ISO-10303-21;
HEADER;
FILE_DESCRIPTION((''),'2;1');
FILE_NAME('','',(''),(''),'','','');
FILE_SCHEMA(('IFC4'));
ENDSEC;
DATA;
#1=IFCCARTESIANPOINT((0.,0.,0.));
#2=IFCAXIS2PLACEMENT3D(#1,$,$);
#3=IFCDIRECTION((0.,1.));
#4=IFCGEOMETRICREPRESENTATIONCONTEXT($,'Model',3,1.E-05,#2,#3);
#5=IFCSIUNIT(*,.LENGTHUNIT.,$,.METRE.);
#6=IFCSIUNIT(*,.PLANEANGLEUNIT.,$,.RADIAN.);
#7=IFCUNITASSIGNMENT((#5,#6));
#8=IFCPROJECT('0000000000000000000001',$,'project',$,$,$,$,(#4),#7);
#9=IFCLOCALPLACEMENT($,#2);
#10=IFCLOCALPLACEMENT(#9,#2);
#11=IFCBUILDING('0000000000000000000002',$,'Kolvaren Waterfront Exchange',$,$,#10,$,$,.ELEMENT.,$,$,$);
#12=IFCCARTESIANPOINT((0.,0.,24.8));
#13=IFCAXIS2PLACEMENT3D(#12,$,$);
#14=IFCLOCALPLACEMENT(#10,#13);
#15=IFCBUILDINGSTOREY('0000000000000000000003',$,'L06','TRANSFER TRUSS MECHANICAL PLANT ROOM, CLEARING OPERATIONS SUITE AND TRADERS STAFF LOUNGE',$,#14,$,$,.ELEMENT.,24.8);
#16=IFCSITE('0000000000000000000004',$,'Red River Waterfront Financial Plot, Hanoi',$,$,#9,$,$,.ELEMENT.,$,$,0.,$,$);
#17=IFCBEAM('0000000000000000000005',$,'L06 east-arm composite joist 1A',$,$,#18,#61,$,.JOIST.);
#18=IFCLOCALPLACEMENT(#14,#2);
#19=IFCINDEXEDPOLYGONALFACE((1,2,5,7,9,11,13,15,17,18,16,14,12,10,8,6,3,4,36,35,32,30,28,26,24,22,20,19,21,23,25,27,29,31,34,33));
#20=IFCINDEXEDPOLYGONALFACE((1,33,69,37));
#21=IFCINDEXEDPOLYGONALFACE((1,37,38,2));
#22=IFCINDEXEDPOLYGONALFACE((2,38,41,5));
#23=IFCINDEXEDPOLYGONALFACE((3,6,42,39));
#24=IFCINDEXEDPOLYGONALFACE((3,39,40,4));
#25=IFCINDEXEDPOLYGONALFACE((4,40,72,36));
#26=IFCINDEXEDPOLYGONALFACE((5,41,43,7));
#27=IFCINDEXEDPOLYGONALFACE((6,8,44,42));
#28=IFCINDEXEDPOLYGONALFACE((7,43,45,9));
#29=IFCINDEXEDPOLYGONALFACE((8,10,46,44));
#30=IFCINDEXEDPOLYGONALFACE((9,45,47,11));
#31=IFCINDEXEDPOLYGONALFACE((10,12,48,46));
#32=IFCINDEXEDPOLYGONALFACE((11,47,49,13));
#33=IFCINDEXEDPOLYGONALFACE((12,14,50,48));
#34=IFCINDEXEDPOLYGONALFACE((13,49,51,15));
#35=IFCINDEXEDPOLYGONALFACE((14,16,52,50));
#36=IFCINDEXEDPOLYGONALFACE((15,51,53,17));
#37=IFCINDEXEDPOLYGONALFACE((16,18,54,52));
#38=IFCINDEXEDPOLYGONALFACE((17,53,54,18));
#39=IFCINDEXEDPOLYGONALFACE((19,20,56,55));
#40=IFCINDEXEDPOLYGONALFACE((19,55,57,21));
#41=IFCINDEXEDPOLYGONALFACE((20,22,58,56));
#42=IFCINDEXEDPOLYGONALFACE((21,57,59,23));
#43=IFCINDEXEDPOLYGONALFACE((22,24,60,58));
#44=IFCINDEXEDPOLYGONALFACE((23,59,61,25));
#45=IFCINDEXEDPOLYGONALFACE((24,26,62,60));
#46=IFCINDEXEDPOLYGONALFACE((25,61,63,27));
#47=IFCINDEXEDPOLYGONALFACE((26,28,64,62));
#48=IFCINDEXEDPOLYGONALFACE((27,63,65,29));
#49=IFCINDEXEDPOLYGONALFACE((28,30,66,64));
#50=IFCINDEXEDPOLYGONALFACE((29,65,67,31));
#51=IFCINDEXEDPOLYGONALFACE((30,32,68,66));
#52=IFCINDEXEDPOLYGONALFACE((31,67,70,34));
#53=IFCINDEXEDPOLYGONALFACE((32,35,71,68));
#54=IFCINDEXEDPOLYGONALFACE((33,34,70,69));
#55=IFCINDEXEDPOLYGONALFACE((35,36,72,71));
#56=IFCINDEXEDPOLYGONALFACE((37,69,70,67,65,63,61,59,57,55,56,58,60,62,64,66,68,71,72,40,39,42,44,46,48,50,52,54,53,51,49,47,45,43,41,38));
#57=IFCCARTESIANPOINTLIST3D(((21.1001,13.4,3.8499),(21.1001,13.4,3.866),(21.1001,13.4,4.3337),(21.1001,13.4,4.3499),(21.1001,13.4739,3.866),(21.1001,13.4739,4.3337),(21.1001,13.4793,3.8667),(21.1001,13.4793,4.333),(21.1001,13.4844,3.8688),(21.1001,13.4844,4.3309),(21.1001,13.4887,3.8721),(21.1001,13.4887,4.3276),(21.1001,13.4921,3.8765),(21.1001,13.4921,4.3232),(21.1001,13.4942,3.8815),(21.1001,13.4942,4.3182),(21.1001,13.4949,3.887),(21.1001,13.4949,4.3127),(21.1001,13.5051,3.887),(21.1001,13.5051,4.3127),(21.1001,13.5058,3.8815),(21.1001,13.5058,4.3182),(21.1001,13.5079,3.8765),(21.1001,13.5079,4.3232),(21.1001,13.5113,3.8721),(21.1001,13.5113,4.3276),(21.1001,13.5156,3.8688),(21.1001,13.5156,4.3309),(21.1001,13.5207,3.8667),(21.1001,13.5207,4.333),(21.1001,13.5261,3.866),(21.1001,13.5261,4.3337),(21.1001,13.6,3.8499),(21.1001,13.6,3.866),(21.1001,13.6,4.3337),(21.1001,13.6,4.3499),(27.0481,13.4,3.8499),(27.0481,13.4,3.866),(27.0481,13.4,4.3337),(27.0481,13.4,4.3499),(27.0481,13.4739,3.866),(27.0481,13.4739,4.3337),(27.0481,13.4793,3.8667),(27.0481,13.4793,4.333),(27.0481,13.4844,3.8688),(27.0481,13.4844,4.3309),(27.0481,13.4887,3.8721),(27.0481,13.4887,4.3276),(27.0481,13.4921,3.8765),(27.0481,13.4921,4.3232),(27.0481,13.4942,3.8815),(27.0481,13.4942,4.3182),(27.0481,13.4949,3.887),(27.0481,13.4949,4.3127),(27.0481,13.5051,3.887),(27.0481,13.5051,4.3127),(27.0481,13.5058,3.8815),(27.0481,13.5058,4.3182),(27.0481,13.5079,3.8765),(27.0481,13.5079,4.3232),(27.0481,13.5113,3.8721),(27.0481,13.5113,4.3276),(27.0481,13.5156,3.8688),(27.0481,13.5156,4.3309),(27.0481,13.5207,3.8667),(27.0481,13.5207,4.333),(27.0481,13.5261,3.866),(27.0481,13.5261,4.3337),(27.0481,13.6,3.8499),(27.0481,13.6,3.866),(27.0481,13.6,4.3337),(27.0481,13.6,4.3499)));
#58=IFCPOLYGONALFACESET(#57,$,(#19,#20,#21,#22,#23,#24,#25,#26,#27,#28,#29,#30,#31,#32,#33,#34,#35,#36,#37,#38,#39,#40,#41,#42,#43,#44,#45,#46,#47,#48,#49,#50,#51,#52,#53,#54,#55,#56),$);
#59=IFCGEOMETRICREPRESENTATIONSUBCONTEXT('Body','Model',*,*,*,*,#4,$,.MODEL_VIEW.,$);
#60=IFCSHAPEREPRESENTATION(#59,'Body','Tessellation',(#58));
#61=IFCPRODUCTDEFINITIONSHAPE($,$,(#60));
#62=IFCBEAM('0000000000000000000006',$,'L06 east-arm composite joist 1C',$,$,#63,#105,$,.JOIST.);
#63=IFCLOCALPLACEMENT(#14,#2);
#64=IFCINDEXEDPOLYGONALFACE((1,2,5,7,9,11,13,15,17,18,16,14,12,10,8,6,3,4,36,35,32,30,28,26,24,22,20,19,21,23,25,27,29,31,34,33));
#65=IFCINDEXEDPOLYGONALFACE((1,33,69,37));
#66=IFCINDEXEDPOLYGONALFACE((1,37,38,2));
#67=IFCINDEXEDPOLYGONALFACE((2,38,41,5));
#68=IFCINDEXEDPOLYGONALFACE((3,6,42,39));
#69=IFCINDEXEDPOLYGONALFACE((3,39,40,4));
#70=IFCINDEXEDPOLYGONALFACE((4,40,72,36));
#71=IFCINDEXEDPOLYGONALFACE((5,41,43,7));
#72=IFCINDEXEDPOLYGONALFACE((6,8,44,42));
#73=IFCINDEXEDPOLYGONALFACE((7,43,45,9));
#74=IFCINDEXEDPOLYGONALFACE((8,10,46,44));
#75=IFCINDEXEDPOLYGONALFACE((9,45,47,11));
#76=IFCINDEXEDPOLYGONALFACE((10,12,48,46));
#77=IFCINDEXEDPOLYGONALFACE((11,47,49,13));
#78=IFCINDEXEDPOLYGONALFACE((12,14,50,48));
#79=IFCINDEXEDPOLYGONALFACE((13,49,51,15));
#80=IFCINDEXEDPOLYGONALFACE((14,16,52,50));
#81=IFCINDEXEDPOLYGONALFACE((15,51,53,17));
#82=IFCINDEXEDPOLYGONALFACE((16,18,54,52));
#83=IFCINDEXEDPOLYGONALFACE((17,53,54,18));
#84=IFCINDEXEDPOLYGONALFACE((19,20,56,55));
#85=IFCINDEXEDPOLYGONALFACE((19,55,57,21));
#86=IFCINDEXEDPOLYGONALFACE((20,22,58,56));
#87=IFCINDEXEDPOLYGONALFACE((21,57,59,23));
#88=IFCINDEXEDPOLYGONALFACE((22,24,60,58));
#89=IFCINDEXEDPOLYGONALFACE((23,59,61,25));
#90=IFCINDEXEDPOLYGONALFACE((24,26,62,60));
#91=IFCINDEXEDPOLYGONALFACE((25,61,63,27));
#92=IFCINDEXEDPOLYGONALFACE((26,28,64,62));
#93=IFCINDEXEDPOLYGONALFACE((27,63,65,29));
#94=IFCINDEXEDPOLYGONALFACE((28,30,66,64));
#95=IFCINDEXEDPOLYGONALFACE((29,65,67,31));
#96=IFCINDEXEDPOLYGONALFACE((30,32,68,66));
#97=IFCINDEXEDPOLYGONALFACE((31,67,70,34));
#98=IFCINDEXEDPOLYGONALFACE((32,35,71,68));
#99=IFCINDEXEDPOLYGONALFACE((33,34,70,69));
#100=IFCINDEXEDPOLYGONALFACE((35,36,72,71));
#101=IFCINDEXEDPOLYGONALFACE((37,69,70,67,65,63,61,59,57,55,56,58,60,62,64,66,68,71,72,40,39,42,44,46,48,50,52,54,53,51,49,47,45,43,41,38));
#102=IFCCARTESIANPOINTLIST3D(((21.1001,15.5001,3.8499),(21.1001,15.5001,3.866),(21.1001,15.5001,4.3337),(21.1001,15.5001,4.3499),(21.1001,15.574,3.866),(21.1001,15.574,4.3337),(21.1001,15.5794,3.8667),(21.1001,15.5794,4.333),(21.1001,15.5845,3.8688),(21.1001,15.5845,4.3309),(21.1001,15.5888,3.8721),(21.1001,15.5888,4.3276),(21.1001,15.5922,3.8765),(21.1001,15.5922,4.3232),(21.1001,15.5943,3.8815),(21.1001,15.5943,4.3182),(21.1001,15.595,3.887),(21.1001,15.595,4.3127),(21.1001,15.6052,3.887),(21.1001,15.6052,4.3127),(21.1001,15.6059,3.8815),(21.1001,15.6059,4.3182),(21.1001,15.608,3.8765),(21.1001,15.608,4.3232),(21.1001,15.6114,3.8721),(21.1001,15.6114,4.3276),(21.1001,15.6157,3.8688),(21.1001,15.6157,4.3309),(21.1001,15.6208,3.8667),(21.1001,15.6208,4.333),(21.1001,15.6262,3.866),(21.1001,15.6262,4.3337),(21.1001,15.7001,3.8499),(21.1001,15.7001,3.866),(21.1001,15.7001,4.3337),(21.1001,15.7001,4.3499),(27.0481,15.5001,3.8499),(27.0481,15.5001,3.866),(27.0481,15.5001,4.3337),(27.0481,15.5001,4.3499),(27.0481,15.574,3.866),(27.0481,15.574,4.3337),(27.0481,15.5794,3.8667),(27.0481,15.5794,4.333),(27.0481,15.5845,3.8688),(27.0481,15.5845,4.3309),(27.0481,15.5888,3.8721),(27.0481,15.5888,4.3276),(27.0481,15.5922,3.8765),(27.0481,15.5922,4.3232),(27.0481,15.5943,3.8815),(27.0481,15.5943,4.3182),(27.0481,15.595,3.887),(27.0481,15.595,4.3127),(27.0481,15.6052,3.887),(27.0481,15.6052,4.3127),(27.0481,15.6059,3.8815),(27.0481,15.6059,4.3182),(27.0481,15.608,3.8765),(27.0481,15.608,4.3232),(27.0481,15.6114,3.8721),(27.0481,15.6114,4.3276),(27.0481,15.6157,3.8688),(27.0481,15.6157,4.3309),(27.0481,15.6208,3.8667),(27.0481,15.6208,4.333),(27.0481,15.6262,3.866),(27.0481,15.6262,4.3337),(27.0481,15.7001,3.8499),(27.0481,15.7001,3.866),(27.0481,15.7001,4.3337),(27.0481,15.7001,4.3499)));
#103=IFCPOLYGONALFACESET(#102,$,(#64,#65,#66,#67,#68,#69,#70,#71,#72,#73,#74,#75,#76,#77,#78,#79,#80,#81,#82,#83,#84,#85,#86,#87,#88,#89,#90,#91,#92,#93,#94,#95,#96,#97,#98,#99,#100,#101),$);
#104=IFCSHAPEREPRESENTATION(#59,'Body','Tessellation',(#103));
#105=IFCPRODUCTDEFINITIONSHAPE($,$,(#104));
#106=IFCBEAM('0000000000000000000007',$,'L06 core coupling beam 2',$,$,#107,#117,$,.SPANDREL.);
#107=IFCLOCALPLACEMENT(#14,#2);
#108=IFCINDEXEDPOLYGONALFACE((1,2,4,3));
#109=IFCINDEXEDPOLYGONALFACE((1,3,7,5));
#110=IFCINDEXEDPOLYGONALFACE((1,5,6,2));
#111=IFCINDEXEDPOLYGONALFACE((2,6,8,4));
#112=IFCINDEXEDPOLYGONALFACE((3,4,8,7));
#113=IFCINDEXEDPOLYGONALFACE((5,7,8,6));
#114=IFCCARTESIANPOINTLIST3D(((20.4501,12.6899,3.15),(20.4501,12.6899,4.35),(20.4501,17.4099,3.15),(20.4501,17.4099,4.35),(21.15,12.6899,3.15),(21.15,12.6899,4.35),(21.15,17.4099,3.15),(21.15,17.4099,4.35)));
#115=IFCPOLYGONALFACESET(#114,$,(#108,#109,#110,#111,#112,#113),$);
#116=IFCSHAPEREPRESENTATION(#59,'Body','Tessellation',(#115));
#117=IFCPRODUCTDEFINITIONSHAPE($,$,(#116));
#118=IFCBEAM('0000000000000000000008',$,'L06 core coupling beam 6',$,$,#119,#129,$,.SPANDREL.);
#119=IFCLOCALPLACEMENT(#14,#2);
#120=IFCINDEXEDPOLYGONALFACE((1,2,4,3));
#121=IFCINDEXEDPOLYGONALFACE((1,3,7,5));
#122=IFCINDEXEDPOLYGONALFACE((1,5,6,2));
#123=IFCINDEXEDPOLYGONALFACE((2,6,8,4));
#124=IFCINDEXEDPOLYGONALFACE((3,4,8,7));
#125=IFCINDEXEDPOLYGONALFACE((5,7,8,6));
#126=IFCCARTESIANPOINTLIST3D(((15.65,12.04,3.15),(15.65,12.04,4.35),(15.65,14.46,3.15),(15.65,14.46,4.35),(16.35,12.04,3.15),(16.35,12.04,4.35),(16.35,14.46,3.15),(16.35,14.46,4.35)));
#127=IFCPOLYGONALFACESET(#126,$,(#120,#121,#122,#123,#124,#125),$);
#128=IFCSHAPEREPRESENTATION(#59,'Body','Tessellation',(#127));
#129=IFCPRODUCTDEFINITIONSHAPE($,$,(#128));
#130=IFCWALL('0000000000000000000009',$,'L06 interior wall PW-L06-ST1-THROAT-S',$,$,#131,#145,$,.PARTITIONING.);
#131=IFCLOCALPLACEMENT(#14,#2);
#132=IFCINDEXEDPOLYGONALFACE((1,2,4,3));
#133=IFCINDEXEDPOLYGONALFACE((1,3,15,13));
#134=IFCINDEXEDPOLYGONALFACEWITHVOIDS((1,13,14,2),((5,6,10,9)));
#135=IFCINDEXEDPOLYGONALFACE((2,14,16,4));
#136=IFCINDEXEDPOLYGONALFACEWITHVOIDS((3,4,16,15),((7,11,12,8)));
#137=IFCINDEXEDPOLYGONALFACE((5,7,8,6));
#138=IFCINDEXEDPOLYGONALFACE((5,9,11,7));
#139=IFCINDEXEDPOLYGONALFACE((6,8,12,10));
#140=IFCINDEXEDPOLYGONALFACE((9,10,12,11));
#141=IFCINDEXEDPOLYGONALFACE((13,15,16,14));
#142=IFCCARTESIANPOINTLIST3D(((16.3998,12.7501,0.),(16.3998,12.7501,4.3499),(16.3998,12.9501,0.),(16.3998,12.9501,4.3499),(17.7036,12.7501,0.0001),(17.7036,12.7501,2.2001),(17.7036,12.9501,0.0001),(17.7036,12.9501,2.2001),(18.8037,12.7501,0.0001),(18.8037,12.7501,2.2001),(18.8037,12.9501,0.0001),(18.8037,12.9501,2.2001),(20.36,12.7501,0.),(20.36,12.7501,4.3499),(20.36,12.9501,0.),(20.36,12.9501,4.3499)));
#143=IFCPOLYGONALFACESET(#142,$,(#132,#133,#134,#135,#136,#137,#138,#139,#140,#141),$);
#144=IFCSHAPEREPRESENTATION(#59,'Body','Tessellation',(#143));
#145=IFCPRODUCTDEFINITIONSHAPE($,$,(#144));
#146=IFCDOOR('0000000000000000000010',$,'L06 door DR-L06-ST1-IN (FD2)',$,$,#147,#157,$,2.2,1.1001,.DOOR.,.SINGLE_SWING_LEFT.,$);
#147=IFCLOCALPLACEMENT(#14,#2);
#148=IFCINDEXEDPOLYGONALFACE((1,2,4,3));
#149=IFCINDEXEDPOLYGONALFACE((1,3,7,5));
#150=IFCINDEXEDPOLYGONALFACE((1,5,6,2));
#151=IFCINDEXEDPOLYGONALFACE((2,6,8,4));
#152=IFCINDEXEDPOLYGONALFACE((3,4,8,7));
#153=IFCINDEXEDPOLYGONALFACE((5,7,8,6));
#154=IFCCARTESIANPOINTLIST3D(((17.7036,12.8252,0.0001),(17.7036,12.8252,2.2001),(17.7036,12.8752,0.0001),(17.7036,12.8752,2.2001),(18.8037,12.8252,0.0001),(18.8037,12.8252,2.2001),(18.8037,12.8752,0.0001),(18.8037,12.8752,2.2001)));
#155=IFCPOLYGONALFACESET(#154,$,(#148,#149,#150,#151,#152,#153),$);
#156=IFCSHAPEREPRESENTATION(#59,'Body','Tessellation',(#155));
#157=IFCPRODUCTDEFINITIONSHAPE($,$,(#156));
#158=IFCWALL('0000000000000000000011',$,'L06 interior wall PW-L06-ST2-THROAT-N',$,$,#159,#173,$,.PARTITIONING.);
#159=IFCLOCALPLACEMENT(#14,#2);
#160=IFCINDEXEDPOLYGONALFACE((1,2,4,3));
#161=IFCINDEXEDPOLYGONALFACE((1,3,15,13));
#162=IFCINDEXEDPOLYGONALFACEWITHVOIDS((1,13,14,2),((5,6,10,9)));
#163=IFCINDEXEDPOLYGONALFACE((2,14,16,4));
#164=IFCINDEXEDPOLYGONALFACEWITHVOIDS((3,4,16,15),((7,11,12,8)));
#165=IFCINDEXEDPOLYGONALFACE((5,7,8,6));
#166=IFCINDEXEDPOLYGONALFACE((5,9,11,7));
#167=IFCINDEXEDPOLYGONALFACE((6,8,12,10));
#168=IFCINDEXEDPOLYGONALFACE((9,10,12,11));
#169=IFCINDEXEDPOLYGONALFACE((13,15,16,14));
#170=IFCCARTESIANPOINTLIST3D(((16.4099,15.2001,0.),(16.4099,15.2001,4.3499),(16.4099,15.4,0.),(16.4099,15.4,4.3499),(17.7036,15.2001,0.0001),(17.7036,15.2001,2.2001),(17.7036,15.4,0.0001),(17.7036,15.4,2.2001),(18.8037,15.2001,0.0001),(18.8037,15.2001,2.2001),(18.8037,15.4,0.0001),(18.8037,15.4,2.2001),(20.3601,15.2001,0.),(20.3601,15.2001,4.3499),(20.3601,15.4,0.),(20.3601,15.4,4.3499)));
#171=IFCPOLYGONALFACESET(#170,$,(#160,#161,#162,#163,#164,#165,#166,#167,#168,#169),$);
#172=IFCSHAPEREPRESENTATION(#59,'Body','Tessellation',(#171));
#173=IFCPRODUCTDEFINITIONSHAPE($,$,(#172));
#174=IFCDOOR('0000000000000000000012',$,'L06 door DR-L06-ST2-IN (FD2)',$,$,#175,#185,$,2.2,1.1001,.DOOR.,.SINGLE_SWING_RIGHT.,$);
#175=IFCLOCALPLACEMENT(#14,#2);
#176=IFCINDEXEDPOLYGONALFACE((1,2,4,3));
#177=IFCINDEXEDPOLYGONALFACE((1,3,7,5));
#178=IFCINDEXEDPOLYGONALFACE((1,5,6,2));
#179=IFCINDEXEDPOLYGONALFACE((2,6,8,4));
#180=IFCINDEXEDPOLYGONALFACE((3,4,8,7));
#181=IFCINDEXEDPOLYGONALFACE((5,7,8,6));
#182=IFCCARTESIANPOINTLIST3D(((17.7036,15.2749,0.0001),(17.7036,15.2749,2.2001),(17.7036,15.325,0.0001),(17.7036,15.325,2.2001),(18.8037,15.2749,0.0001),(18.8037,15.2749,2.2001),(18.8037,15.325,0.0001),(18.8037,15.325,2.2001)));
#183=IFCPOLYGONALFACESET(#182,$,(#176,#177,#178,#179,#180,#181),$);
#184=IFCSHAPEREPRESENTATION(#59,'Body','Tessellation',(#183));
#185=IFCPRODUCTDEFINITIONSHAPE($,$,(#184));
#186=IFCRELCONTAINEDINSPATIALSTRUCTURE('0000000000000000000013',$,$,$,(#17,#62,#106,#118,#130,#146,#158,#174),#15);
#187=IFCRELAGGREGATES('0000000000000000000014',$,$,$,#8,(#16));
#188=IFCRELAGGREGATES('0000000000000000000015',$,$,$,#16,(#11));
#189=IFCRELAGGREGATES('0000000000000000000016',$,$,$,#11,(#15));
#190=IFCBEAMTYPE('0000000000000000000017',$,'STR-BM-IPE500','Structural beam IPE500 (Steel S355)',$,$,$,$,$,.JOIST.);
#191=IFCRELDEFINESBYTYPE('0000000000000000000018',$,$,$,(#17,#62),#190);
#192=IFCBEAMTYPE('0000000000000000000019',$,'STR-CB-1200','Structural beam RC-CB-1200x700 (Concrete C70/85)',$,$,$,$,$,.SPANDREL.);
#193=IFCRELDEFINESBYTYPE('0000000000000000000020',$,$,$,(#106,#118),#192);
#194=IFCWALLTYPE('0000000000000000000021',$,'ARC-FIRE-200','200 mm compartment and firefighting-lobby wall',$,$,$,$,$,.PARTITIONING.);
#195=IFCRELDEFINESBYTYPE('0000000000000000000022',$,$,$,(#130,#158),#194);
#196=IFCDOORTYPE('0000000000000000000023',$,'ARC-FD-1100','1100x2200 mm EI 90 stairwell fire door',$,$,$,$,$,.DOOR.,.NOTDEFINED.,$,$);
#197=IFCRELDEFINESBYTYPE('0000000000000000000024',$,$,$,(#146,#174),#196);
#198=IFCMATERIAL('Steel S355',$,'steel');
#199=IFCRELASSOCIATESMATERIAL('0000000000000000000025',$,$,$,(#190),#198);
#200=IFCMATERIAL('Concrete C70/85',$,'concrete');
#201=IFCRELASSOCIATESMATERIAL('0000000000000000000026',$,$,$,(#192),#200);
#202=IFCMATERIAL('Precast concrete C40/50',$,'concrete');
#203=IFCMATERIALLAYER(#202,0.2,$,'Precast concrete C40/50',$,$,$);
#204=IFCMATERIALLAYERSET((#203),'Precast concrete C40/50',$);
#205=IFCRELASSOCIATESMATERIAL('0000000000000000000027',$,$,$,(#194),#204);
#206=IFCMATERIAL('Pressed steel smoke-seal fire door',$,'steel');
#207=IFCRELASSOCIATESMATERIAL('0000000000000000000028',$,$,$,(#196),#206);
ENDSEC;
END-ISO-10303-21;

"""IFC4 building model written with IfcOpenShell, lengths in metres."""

from ifc_helpers import new_model, si_unit, direction, frame, frame_2d, origin, origin_2d, place, context, subcontext, project, spatial, rectangle, i_section, extrude, material, layer, layer_set, material_profile, profile_set, type_object, element, fill, save


model = new_model("IFC4")

# Units and contexts
model_context = context("Model", 3, precision=1e-05, world=origin(), true_north=direction((0.0, 1.0)))
body_context = subcontext(model_context, "Body", "Model", "MODEL_VIEW")
ifc_project = project(units=[si_unit("LENGTHUNIT", "METRE"), si_unit("PLANEANGLEUNIT", "RADIAN")], contexts=[model_context])

# Site, building, storey
site_placement = place(None, origin())
site = spatial("IfcSite", under=ifc_project, at=site_placement, Name="Red River Waterfront Financial Plot, Hanoi", CompositionType="ELEMENT", RefElevation=0.0)
building_placement = place(site_placement, origin())
building = spatial("IfcBuilding", under=site, at=building_placement, Name="Kolvaren Waterfront Exchange", CompositionType="ELEMENT")
storey_placement = place(building_placement, frame((0.0, 0.0, 24.8)))
storey = spatial("IfcBuildingStorey", under=building, at=storey_placement, Name="L06", Description="TRANSFER TRUSS MECHANICAL PLANT ROOM, CLEARING OPERATIONS SUITE AND TRADERS STAFF LOUNGE", CompositionType="ELEMENT", Elevation=24.8)

# Beams
ifc_material_1 = material(Name="Steel S355", Category="steel")
ifc_material_profile_1 = material_profile(ifc_material_1, i_section(OverallWidth=0.2, OverallDepth=0.5, WebThickness=0.0103, FlangeThickness=0.0161, FilletRadius=0.021, at=origin_2d()), Name="IPE500")
ifc_profile_set_1 = profile_set([ifc_material_profile_1], Name="Steel S355")
beam_type_1 = type_object("IfcBeamType", Name="STR-BM-IPE500", Description="Structural beam IPE500 (Steel S355)", PredefinedType="JOIST", material=ifc_profile_set_1)
for number, where, z_axis, x_axis, name in (
    (1, (21.1001, 13.5, 4.0999), (1.0, 0.0, 0.0), (0.0, 1.0, 0.0), "L06 east-arm composite joist 1A"),
    (2, (21.1001, 15.6001, 4.0999), (1.0, 0.0, 0.0), (0.0, 1.0, 0.0), "L06 east-arm composite joist 1C"),
):
    element("IfcBeam", number, at=place(storey_placement, frame(where, z_axis=z_axis, x_axis=x_axis)), inside=storey, type_object=beam_type_1, Name=name, PredefinedType="JOIST", context=body_context, shape_type="SweptSolid", body=[
        extrude(i_section(OverallWidth=0.2, OverallDepth=0.5, WebThickness=0.0103, FlangeThickness=0.0161, FilletRadius=0.021, at=origin_2d()), origin(), (0.0, 0.0, 1.0), 5.948),
    ])
ifc_material_2 = material(Name="Concrete C70/85", Category="concrete")
ifc_material_profile_2 = material_profile(ifc_material_2, rectangle(XDim=0.7, YDim=1.2, at=origin_2d()), Name="RC-CB-1200x700")
ifc_profile_set_2 = profile_set([ifc_material_profile_2], Name="Concrete C70/85")
beam_type_2 = type_object("IfcBeamType", Name="STR-CB-1200", Description="Structural beam RC-CB-1200x700 (Concrete C70/85)", PredefinedType="SPANDREL", material=ifc_profile_set_2)
beam_1_placement = place(storey_placement, frame((20.8, 12.6899, 3.75), z_axis=(0.0, 1.0, 0.0), x_axis=(-1.0, 0.0, 0.0)))
element("IfcBeam", 3, at=beam_1_placement, inside=storey, type_object=beam_type_2, Name="L06 core coupling beam 2", PredefinedType="SPANDREL", context=body_context, shape_type="SweptSolid", body=[
    extrude(rectangle(XDim=0.7, YDim=1.2, at=origin_2d()), origin(), (0.0, 0.0, 1.0), 4.72),
])
beam_2_placement = place(storey_placement, frame((16.0, 12.04, 3.75), z_axis=(0.0, 1.0, 0.0), x_axis=(-1.0, 0.0, 0.0)))
element("IfcBeam", 4, at=beam_2_placement, inside=storey, type_object=beam_type_2, Name="L06 core coupling beam 6", PredefinedType="SPANDREL", context=body_context, shape_type="SweptSolid", body=[
    extrude(rectangle(XDim=0.7, YDim=1.2, at=origin_2d()), origin(), (0.0, 0.0, 1.0), 2.4199),
])

# Walls, openings, doors
ifc_material_3 = material(Name="Precast concrete C40/50", Category="concrete")
ifc_layer_1 = layer(ifc_material_3, 0.2, Name="Precast concrete C40/50")
ifc_layer_set_1 = layer_set([ifc_layer_1], Name="Precast concrete C40/50")
wall_type_1 = type_object("IfcWallType", Name="ARC-FIRE-200", Description="200 mm compartment and firefighting-lobby wall", PredefinedType="PARTITIONING", material=ifc_layer_set_1)
wall_1_placement = place(storey_placement, frame((16.3999, 12.8501, 0.0), z_axis=(0.0, 0.0, 1.0), x_axis=(1.0, 0.0, 0.0)))
wall_1 = element("IfcWall", 5, at=wall_1_placement, inside=storey, type_object=wall_type_1, Name="L06 interior wall PW-L06-ST1-THROAT-S", PredefinedType="PARTITIONING", context=body_context, shape_type="SweptSolid", body=[
    extrude(rectangle(XDim=3.9602, YDim=0.2, at=frame_2d((1.98, 0.0))), origin(), (0.0, 0.0, 1.0), 4.3499),
])
opening_1_placement = place(wall_1_placement, frame((1.3037, 0.0, 0.0)))
opening_1 = element("IfcOpeningElement", 6, at=opening_1_placement, cuts=wall_1, PredefinedType="OPENING", context=body_context, shape_type="SweptSolid", body=[
    extrude(rectangle(XDim=1.1001, YDim=2.2, at=frame_2d((0.55, 1.1001))), frame((0.0, 0.1099, 0.0), z_axis=(0.0, -1.0, 0.0), x_axis=(1.0, 0.0, 0.0)), (0.0, 0.0, 1.0), 0.22),
])
ifc_material_4 = material(Name="Pressed steel smoke-seal fire door", Category="steel")
door_type = type_object("IfcDoorType", Name="ARC-FD-1100", Description="1100x2200 mm EI 90 stairwell fire door", OperationType="NOTDEFINED", PredefinedType="DOOR", material=ifc_material_4)
door_1_placement = place(opening_1_placement, frame((1.1001, 0.0, 0.0), z_axis=(0.0, 0.0, 1.0), x_axis=(-1.0, 0.0, 0.0)))
door_1 = element("IfcDoor", 7, at=door_1_placement, inside=storey, type_object=door_type, Name="L06 door DR-L06-ST1-IN (FD2)", OperationType="SINGLE_SWING_LEFT", OverallHeight=2.2, OverallWidth=1.1001, PredefinedType="DOOR", context=body_context, shape_type="SweptSolid", body=[
    extrude(rectangle(XDim=1.1001, YDim=2.2, at=frame_2d((0.55, 1.1001))), frame((0.0, 0.0249, 0.0), z_axis=(0.0, -1.0, 0.0), x_axis=(1.0, 0.0, 0.0)), (0.0, 0.0, 1.0), 0.05),
])
fill(opening_1, door_1)
wall_2_placement = place(storey_placement, frame((16.4099, 15.3, 0.0), z_axis=(0.0, 0.0, 1.0), x_axis=(1.0, 0.0, 0.0)))
wall_2 = element("IfcWall", 8, at=wall_2_placement, inside=storey, type_object=wall_type_1, Name="L06 interior wall PW-L06-ST2-THROAT-N", PredefinedType="PARTITIONING", context=body_context, shape_type="SweptSolid", body=[
    extrude(rectangle(XDim=3.9502, YDim=0.2, at=frame_2d((1.9751, 0.0))), origin(), (0.0, 0.0, 1.0), 4.3499),
])
opening_2_placement = place(wall_2_placement, frame((1.2937, 0.0, 0.0)))
opening_2 = element("IfcOpeningElement", 9, at=opening_2_placement, cuts=wall_2, PredefinedType="OPENING", context=body_context, shape_type="SweptSolid", body=[
    extrude(rectangle(XDim=1.1001, YDim=2.2, at=frame_2d((0.55, 1.1001))), frame((0.0, 0.1099, 0.0), z_axis=(0.0, -1.0, 0.0), x_axis=(1.0, 0.0, 0.0)), (0.0, 0.0, 1.0), 0.22),
])
door_2_placement = place(opening_2_placement, origin())
door_2 = element("IfcDoor", 10, at=door_2_placement, inside=storey, type_object=door_type, Name="L06 door DR-L06-ST2-IN (FD2)", OperationType="SINGLE_SWING_RIGHT", OverallHeight=2.2, OverallWidth=1.1001, PredefinedType="DOOR", context=body_context, shape_type="SweptSolid", body=[
    extrude(rectangle(XDim=1.1001, YDim=2.2, at=frame_2d((0.55, 1.1001))), frame((0.0, 0.0249, 0.0), z_axis=(0.0, -1.0, 0.0), x_axis=(1.0, 0.0, 0.0)), (0.0, 0.0, 1.0), 0.05),
])
fill(opening_2, door_2)

save(model, "model.ifc")
